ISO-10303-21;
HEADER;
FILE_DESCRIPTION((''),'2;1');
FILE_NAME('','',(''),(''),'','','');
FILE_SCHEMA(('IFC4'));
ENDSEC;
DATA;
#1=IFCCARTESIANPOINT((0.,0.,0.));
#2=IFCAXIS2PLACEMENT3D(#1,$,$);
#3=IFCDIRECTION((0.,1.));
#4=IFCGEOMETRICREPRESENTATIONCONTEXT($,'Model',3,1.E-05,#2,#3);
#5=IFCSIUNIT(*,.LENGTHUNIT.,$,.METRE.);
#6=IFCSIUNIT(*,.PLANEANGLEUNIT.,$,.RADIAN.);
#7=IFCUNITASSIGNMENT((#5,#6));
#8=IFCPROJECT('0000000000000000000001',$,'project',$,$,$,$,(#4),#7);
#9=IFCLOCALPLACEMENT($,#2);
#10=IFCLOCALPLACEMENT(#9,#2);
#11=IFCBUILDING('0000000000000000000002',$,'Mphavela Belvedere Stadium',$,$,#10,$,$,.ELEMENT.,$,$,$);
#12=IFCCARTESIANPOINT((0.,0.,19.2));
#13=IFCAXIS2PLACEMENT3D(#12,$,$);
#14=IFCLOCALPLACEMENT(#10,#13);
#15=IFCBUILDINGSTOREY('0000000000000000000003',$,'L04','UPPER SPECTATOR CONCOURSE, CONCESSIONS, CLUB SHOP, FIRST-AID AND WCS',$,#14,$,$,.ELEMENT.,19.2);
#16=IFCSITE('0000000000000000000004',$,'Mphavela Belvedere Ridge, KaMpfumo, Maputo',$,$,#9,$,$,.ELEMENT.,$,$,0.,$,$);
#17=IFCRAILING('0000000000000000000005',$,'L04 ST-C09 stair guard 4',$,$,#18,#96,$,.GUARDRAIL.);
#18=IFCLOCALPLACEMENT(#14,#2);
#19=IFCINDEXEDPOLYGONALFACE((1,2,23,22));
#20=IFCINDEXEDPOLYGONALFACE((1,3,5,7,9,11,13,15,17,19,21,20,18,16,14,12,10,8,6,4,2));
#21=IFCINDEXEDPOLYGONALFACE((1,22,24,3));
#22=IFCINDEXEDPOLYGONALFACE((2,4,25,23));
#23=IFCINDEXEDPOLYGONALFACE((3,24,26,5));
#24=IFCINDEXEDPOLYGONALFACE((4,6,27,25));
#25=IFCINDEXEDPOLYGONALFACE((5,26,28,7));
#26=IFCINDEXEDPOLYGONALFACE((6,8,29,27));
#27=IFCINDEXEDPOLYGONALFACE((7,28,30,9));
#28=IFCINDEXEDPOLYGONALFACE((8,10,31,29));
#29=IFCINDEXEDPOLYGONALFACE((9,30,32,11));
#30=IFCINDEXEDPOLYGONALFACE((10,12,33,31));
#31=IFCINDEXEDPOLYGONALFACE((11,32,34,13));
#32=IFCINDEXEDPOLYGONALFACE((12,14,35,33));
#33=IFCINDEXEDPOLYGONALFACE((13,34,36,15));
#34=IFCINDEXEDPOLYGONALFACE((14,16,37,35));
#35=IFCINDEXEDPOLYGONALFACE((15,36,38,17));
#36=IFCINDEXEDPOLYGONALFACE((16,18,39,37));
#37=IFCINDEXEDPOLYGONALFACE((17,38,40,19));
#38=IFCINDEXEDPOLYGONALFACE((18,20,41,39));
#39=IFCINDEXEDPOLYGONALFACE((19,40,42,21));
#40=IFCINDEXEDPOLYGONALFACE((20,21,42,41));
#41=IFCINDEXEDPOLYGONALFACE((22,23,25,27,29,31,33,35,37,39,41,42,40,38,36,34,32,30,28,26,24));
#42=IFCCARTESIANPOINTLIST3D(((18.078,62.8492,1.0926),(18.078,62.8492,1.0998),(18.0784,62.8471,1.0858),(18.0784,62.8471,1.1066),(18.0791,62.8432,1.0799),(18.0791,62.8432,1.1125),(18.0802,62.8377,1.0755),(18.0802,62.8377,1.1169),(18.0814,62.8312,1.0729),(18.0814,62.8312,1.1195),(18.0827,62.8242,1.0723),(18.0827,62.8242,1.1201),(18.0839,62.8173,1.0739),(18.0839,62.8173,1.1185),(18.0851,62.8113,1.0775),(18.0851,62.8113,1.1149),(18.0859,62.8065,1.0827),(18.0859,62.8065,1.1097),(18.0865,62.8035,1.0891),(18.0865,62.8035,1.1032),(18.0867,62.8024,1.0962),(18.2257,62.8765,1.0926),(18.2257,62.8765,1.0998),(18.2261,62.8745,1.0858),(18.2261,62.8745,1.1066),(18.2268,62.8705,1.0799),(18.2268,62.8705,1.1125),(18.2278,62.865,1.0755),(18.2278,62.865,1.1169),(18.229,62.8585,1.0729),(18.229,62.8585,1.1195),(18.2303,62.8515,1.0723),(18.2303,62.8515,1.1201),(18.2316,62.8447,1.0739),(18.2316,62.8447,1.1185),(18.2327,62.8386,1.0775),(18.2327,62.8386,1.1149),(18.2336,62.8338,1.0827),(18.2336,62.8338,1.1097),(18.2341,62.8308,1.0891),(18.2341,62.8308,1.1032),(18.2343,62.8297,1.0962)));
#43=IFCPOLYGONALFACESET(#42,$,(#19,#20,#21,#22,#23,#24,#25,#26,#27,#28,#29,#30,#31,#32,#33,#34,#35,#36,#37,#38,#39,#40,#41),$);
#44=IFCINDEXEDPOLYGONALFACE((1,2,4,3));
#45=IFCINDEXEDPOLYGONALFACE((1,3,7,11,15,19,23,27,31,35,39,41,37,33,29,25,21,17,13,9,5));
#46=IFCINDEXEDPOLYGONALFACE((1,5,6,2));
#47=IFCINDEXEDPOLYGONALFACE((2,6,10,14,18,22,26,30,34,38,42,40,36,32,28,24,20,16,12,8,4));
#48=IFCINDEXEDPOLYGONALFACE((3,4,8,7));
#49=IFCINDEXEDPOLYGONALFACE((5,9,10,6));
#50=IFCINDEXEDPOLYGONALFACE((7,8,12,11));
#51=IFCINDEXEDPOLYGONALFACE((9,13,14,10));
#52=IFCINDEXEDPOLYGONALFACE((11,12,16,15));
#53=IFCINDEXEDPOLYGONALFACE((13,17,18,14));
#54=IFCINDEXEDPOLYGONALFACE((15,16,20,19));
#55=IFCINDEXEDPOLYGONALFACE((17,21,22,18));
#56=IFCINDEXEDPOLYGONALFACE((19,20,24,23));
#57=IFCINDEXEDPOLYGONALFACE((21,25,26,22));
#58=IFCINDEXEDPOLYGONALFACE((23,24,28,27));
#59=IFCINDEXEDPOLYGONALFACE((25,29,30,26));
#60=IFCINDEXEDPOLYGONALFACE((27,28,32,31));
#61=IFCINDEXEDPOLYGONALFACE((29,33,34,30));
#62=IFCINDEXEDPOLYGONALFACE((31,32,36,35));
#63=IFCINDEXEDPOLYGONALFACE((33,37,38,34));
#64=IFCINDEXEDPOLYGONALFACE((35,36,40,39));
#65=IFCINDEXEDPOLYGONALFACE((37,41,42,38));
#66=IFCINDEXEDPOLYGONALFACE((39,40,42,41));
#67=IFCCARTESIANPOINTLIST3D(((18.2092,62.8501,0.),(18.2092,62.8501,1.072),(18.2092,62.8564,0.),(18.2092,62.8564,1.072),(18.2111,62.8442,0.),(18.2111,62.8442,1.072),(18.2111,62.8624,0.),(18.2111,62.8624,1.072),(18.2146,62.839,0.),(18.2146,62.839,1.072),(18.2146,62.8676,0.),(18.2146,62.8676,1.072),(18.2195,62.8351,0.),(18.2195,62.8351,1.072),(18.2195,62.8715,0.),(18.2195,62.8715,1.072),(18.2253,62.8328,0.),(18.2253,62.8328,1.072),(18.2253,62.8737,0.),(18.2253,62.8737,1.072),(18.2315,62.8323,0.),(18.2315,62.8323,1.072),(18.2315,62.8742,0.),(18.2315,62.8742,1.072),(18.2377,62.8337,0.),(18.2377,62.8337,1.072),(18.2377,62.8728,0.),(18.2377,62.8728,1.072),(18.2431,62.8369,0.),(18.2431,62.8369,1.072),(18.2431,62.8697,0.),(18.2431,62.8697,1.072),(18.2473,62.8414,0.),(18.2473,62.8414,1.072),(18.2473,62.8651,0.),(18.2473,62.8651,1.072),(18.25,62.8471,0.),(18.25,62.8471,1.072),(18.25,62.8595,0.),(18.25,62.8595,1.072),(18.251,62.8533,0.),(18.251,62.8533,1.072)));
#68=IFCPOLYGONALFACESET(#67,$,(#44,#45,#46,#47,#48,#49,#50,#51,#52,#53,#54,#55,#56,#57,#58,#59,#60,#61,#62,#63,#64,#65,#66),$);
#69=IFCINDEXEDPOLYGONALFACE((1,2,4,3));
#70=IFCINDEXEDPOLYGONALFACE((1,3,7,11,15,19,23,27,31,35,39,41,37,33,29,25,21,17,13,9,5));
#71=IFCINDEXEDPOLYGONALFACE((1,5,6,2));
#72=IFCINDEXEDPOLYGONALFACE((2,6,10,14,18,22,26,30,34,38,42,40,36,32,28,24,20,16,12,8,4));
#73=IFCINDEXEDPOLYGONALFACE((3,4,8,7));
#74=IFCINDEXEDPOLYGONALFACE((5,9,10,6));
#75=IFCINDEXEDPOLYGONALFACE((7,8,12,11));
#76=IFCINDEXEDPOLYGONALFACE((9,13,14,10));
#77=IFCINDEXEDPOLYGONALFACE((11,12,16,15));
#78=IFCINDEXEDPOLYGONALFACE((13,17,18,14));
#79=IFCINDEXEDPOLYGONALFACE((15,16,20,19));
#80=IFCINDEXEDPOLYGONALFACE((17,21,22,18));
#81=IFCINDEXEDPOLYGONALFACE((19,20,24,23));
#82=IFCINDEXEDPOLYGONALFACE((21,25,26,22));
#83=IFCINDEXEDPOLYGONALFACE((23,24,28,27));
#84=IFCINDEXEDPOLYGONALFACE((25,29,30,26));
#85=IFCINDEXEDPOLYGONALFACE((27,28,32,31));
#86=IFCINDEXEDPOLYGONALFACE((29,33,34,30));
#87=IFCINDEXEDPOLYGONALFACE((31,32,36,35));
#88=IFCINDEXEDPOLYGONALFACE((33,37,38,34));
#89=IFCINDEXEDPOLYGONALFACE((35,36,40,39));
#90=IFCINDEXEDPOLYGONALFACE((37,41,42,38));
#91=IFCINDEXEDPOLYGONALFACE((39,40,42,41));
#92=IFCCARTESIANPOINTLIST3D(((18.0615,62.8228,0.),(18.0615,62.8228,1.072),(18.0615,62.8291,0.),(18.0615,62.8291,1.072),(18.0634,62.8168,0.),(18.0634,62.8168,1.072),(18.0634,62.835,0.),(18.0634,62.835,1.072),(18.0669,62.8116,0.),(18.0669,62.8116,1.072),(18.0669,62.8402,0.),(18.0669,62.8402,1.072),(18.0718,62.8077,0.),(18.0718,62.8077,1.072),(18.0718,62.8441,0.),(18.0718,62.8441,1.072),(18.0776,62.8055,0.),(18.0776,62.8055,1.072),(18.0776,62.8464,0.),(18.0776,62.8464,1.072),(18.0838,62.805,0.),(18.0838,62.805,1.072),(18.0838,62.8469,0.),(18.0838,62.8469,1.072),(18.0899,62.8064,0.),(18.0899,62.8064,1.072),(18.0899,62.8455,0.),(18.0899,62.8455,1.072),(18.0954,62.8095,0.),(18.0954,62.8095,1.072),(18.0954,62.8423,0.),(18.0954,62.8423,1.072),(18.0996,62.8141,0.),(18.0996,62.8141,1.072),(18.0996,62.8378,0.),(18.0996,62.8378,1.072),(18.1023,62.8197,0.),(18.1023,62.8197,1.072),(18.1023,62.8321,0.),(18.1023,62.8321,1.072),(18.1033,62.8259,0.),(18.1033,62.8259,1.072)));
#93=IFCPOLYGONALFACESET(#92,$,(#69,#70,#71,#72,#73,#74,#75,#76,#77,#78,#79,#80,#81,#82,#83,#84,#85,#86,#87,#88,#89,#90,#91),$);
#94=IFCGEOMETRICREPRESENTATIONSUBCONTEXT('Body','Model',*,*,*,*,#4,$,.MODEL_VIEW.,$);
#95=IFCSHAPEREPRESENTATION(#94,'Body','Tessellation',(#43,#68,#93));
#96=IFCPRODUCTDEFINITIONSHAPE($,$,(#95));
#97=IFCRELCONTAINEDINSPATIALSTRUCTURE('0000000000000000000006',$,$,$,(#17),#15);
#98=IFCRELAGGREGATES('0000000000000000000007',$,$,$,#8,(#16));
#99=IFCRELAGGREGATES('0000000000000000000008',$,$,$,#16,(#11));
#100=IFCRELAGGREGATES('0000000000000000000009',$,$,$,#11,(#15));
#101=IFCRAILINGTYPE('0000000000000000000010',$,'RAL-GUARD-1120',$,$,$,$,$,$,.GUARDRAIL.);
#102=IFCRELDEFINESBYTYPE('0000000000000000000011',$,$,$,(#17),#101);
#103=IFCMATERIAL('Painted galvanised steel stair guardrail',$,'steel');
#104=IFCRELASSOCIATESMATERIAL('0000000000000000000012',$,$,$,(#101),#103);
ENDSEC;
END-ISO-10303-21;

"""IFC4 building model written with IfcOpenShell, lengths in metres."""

from ifc_helpers import new_model, si_unit, direction, frame, origin, origin_2d, place, context, subcontext, project, spatial, circle, extrude, material, type_object, element, save


model = new_model("IFC4")

# Units and contexts
model_context = context("Model", 3, precision=1e-05, world=origin(), true_north=direction((0.0, 1.0)))
body_context = subcontext(model_context, "Body", "Model", "MODEL_VIEW")
ifc_project = project(units=[si_unit("LENGTHUNIT", "METRE"), si_unit("PLANEANGLEUNIT", "RADIAN")], contexts=[model_context])

# Site, building, storey
site_placement = place(None, origin())
site = spatial("IfcSite", under=ifc_project, at=site_placement, Name="Mphavela Belvedere Ridge, KaMpfumo, Maputo", CompositionType="ELEMENT", RefElevation=0.0)
building_placement = place(site_placement, origin())
building = spatial("IfcBuilding", under=site, at=building_placement, Name="Mphavela Belvedere Stadium", CompositionType="ELEMENT")
storey_placement = place(building_placement, frame((0.0, 0.0, 19.2)))
storey = spatial("IfcBuildingStorey", under=building, at=storey_placement, Name="L04", Description="UPPER SPECTATOR CONCOURSE, CONCESSIONS, CLUB SHOP, FIRST-AID AND WCS", CompositionType="ELEMENT", Elevation=19.2)

# Railing
ifc_material_1 = material(Name="Painted galvanised steel stair guardrail", Category="steel")
railing_type_1 = type_object("IfcRailingType", Name="RAL-GUARD-1120", PredefinedType="GUARDRAIL", material=ifc_material_1)
railing_1_placement = place(storey_placement, frame((18.23, 62.8533, 0.0)))
element("IfcRailing", 1, at=railing_1_placement, inside=storey, type_object=railing_type_1, Name="L04 ST-C09 stair guard 4", PredefinedType="GUARDRAIL", context=body_context, shape_type="SweptSolid", body=[
    extrude(circle(Radius=0.0239, at=origin_2d()), frame((0.0, 0.0, 1.0962), z_axis=(-0.983293, -0.182031, 0.0), x_axis=(0.182031, -0.983293, 0.0)), (0.0, 0.0, 1.0), 0.1501),
    extrude(circle(Radius=0.021, at=origin_2d()), origin(), (0.0, 0.0, 1.0), 1.072),
    extrude(circle(Radius=0.021, at=origin_2d()), frame((-0.1477, -0.0273, 0.0)), (0.0, 0.0, 1.0), 1.072),
])

save(model, "model.ifc")
